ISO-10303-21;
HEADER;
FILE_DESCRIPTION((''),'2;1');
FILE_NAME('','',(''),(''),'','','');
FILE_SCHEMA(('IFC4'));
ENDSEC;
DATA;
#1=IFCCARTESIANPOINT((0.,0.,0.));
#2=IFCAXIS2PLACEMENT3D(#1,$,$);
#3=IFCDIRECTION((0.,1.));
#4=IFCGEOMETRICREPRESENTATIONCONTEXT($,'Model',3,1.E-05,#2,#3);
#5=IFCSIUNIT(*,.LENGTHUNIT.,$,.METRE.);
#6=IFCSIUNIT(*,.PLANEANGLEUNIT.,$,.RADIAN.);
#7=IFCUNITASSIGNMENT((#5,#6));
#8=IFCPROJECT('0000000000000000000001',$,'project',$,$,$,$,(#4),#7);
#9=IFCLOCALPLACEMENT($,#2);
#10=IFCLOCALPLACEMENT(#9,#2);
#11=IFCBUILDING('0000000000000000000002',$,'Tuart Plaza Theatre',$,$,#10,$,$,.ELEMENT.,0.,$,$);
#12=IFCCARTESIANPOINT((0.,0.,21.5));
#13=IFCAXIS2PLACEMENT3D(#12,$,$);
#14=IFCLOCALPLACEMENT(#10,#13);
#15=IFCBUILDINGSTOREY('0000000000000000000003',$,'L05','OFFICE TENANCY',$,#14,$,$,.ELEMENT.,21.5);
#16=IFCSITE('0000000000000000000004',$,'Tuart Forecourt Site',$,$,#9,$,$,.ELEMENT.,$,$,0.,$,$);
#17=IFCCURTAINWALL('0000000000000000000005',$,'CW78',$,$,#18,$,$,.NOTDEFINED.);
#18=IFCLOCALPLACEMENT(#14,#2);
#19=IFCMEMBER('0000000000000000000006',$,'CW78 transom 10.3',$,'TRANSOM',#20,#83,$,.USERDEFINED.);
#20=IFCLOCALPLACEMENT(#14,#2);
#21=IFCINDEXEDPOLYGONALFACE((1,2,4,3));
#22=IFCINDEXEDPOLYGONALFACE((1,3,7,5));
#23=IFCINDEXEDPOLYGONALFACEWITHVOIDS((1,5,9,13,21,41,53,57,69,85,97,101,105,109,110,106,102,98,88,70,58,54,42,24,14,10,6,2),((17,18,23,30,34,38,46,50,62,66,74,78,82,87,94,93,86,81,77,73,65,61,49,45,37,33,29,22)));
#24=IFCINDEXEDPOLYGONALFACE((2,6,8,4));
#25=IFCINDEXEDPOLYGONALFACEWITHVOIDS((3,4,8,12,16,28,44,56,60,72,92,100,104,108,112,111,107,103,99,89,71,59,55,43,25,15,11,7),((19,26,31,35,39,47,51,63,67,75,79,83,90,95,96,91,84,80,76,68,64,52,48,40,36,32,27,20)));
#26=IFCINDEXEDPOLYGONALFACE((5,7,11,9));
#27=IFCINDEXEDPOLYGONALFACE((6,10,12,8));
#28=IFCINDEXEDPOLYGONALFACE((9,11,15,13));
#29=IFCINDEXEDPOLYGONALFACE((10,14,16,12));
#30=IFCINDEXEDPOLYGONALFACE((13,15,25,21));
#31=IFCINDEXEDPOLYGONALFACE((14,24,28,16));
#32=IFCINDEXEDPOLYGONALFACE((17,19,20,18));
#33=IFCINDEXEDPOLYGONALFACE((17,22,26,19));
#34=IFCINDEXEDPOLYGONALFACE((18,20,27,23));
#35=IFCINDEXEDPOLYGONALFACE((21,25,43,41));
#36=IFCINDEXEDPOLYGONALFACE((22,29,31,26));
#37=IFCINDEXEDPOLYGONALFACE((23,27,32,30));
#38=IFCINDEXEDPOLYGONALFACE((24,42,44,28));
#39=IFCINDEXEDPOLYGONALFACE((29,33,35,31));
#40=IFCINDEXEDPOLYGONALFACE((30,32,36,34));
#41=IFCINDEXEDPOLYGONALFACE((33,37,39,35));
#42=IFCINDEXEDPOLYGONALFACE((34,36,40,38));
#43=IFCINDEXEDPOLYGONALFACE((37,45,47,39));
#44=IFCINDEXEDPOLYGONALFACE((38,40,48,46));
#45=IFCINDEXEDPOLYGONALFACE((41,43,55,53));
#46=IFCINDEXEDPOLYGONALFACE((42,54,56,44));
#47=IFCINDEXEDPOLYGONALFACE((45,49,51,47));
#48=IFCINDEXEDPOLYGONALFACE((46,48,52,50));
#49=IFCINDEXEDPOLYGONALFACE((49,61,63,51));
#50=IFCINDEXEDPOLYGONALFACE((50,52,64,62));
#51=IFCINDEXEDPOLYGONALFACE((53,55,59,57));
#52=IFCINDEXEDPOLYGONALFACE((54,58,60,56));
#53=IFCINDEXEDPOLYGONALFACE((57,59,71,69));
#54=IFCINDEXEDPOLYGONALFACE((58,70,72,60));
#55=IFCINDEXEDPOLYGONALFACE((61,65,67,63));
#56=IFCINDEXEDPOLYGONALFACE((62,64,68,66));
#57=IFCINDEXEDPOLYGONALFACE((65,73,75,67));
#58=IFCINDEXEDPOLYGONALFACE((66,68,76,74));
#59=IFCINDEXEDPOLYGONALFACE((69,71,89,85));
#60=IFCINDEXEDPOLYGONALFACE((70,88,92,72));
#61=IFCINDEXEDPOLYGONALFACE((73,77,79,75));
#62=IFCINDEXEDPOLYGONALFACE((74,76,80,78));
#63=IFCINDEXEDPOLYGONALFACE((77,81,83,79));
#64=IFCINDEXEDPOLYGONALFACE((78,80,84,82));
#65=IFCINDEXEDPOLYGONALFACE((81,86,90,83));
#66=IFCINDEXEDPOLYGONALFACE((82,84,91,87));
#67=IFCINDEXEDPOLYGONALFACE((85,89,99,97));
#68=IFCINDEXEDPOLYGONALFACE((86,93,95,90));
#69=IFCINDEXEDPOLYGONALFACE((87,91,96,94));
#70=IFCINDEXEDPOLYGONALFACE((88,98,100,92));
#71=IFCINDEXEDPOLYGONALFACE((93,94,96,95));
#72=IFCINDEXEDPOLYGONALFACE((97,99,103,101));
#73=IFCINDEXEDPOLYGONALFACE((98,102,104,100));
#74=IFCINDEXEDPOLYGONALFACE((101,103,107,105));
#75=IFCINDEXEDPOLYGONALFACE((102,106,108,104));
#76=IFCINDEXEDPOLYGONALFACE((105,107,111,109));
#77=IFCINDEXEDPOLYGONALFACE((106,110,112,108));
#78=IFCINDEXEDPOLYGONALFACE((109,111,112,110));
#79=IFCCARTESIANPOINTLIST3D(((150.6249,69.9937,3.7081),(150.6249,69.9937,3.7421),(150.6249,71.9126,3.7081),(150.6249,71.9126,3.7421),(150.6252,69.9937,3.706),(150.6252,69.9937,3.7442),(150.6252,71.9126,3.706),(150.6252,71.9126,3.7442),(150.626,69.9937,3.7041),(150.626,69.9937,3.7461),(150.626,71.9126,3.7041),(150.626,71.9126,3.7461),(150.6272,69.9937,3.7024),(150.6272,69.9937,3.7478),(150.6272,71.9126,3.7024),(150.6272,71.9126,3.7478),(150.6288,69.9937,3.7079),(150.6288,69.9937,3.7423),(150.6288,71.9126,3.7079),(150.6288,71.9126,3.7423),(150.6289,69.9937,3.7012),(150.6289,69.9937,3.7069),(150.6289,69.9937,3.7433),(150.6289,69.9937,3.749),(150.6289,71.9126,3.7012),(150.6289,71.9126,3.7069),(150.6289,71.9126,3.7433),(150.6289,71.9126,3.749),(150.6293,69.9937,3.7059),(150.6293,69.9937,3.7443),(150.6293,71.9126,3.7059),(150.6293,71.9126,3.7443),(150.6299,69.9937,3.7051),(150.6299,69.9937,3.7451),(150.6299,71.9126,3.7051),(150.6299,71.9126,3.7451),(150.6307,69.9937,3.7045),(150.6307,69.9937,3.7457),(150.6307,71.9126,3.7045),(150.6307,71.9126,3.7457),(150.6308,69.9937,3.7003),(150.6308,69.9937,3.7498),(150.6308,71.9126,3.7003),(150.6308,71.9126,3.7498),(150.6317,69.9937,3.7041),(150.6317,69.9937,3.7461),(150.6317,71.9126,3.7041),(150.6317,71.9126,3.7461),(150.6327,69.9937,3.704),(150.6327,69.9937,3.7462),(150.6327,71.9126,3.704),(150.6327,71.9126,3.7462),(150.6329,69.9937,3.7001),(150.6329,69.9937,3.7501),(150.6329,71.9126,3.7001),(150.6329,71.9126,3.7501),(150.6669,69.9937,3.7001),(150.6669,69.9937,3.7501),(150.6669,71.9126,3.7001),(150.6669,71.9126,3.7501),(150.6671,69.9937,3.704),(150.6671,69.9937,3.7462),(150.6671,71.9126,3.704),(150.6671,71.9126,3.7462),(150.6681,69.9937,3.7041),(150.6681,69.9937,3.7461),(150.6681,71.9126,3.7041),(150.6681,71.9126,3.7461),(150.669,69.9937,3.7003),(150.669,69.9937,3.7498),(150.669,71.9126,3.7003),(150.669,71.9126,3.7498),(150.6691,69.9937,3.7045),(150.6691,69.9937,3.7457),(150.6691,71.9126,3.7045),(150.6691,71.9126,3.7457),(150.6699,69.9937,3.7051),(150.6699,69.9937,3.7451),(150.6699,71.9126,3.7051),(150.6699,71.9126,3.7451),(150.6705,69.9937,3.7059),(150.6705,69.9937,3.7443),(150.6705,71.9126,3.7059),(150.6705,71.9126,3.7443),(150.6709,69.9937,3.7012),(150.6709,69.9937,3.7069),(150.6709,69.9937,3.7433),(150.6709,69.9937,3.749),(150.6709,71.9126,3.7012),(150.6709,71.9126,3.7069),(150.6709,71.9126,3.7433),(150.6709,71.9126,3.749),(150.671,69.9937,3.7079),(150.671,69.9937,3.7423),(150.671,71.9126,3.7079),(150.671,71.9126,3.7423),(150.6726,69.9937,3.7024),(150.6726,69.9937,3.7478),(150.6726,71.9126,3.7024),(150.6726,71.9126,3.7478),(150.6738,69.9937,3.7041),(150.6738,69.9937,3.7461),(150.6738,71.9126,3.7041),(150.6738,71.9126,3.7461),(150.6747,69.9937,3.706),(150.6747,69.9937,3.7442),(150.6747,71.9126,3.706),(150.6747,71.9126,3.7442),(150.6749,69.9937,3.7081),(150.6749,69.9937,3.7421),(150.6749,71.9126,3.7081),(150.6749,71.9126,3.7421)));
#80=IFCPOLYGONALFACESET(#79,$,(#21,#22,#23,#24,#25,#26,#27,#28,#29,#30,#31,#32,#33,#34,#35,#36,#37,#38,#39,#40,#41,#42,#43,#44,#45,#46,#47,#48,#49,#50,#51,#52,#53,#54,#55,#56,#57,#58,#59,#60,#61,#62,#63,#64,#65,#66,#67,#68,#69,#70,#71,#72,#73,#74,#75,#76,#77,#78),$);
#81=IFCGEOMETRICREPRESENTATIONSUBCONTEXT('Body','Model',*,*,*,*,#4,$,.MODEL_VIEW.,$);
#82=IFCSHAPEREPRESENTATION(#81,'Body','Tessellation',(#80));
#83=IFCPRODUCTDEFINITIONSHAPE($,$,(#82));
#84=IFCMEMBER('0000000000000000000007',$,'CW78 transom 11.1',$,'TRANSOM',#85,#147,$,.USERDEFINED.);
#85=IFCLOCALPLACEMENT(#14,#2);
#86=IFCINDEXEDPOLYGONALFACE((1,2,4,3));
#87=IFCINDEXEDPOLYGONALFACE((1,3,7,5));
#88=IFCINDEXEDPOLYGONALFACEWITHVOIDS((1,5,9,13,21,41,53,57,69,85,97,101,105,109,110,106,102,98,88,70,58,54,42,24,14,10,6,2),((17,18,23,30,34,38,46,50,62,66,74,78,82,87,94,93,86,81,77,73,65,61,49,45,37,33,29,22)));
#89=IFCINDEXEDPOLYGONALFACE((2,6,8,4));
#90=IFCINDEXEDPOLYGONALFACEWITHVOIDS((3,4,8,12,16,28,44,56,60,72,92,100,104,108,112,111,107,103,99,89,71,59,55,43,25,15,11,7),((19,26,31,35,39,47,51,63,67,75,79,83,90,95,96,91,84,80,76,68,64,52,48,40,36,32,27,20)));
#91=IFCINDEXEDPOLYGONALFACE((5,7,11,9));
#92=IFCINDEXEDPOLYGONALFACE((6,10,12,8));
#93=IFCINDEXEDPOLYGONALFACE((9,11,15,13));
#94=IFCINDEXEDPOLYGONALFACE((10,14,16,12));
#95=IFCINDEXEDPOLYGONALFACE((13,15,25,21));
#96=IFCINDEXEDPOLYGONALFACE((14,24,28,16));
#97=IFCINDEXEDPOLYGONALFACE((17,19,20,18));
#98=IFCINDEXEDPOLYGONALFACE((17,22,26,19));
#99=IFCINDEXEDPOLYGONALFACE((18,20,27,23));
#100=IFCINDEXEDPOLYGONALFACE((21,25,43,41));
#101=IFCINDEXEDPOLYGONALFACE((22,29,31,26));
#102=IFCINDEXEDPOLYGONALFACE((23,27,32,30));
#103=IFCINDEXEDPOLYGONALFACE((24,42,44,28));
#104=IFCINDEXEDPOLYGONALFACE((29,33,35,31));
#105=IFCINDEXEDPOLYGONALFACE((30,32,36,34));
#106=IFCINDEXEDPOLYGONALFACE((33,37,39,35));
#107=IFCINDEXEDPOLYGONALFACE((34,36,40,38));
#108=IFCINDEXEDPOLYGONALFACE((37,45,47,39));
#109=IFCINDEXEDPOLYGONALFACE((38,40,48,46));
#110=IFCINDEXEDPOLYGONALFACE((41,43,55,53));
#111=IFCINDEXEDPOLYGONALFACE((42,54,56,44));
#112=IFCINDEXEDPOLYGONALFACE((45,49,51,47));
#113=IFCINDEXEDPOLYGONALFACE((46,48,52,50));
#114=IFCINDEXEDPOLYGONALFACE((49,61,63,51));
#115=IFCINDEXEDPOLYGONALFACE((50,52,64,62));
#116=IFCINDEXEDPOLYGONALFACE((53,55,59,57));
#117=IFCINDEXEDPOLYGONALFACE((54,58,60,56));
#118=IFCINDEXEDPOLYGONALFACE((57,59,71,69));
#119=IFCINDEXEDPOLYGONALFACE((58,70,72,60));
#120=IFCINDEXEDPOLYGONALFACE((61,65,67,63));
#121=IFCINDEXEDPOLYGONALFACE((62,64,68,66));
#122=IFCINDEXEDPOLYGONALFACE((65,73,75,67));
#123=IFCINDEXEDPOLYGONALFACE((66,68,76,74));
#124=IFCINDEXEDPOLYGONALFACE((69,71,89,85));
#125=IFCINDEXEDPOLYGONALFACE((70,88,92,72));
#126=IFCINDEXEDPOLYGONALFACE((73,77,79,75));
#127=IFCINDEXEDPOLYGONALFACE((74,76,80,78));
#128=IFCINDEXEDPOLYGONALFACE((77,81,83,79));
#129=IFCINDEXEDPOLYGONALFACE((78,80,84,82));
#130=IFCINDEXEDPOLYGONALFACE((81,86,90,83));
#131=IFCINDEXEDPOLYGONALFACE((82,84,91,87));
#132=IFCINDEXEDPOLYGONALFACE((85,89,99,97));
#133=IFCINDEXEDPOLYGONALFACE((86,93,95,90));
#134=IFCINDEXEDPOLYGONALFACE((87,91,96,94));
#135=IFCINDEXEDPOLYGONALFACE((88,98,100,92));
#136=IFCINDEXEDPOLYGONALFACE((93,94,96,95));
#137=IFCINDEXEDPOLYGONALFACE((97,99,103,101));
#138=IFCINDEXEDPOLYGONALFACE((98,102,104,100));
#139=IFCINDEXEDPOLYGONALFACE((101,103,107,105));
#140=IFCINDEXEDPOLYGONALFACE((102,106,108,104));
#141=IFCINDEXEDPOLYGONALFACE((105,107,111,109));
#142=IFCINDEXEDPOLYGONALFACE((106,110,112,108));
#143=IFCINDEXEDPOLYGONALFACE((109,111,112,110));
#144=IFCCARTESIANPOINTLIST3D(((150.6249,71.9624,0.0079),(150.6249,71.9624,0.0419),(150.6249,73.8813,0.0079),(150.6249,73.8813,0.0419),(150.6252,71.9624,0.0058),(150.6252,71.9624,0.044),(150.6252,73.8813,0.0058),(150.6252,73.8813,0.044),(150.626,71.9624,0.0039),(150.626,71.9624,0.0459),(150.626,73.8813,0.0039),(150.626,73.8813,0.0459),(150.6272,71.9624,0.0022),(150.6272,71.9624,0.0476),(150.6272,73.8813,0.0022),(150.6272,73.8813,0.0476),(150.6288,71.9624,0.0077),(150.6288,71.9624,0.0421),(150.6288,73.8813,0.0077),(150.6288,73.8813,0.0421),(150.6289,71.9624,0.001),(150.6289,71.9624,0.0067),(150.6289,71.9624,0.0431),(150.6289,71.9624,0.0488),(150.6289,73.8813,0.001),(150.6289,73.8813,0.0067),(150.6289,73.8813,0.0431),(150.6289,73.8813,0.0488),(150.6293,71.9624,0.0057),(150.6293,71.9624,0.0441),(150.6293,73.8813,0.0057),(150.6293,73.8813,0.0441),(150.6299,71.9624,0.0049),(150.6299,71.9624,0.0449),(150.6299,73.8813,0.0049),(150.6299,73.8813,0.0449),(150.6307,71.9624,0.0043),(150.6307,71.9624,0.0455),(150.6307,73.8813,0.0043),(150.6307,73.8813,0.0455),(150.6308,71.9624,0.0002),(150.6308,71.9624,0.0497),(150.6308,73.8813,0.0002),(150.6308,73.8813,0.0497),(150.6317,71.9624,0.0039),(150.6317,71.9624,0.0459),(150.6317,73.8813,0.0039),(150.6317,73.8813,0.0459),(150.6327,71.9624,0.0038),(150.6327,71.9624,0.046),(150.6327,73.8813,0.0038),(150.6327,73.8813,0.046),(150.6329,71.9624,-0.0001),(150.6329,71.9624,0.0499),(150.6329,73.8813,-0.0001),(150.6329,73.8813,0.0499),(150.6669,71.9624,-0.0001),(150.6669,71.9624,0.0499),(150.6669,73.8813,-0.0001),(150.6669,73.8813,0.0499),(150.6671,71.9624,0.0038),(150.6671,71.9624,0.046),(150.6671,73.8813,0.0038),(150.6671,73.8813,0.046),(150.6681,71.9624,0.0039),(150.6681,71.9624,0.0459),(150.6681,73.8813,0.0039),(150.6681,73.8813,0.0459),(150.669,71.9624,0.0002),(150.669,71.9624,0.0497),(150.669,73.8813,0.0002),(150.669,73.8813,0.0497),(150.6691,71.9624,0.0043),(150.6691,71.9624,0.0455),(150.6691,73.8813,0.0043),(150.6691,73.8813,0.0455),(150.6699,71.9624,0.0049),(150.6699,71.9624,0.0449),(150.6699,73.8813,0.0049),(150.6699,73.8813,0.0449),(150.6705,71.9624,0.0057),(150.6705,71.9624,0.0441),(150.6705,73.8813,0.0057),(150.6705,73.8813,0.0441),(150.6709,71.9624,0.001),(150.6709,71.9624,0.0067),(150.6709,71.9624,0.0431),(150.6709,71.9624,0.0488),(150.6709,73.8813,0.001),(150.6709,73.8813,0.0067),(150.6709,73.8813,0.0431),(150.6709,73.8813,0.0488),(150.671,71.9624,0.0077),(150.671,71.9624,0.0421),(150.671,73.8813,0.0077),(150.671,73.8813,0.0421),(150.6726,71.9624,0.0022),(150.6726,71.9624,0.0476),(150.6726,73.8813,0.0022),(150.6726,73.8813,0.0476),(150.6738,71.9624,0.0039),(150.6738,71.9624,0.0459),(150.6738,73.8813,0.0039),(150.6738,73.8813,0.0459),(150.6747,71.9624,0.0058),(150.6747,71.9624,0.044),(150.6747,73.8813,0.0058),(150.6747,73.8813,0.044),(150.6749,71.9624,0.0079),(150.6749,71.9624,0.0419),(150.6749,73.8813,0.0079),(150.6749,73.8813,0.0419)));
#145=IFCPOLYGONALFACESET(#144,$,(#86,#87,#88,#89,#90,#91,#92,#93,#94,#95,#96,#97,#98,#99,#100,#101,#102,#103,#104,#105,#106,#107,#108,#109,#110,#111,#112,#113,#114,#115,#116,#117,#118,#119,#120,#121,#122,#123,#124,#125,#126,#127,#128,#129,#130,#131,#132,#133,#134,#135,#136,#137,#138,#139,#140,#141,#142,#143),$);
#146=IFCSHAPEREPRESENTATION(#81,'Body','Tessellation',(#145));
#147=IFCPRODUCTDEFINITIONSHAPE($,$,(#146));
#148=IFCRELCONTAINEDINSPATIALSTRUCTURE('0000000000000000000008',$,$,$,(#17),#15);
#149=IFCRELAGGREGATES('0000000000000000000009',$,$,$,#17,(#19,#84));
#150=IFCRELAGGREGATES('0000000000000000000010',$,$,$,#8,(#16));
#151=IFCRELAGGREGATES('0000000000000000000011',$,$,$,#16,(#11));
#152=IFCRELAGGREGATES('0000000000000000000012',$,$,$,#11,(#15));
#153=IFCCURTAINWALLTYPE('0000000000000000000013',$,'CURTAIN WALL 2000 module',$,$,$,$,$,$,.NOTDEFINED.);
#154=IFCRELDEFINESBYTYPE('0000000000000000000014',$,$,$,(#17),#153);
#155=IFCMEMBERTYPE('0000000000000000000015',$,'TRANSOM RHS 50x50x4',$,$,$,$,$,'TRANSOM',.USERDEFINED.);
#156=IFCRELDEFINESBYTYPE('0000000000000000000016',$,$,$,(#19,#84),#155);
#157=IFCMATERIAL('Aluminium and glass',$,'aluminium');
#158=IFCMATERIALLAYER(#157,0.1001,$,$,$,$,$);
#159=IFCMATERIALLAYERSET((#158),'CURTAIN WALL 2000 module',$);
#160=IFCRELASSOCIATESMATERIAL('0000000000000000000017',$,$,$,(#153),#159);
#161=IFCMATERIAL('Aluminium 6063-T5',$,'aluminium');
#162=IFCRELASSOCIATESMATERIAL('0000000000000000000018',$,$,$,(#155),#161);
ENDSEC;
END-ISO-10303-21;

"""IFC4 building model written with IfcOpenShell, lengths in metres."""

from ifc_helpers import new_model, si_unit, direction, frame, origin, origin_2d, place, context, subcontext, project, spatial, hollow_rectangle, extrude, material, layer, layer_set, material_profile, profile_set, type_object, element, aggregate, save


model = new_model("IFC4")

# Units and contexts
model_context = context("Model", 3, precision=1e-05, world=origin(), true_north=direction((0.0, 1.0)))
body_context = subcontext(model_context, "Body", "Model", "MODEL_VIEW")
ifc_project = project(units=[si_unit("LENGTHUNIT", "METRE"), si_unit("PLANEANGLEUNIT", "RADIAN")], contexts=[model_context])

# Site, building, storey
site_placement = place(None, origin())
site = spatial("IfcSite", under=ifc_project, at=site_placement, Name="Tuart Forecourt Site", CompositionType="ELEMENT", RefElevation=0.0)
building_placement = place(site_placement, origin())
building = spatial("IfcBuilding", under=site, at=building_placement, Name="Tuart Plaza Theatre", CompositionType="ELEMENT", ElevationOfRefHeight=0.0)
storey_placement = place(building_placement, frame((0.0, 0.0, 21.5)))
storey = spatial("IfcBuildingStorey", under=building, at=storey_placement, Name="L05", Description="OFFICE TENANCY", CompositionType="ELEMENT", Elevation=21.5)

# Curtain wall, members
ifc_material_1 = material(Name="Aluminium and glass", Category="aluminium")
ifc_layer_1 = layer(ifc_material_1, 0.1001)
ifc_layer_set_1 = layer_set([ifc_layer_1], Name="CURTAIN WALL 2000 module")
curtain_wall_type = type_object("IfcCurtainWallType", Name="CURTAIN WALL 2000 module", PredefinedType="NOTDEFINED", material=ifc_layer_set_1)
curtain_wall_placement = place(storey_placement, origin())
curtain_wall = element("IfcCurtainWall", 1, at=curtain_wall_placement, inside=storey, type_object=curtain_wall_type, Name="CW78", PredefinedType="NOTDEFINED")
ifc_material_2 = material(Name="Aluminium 6063-T5", Category="aluminium")
ifc_material_profile_1 = material_profile(ifc_material_2, hollow_rectangle(XDim=0.05, YDim=0.05, WallThickness=0.0039, InnerFilletRadius=0.0039, OuterFilletRadius=0.0081, at=origin_2d()), Name="RHS 50x50x4")
ifc_profile_set_1 = profile_set([ifc_material_profile_1], Name="Aluminium 6063-T5")
member_type_1 = type_object("IfcMemberType", Name="TRANSOM RHS 50x50x4", ElementType="TRANSOM", PredefinedType="USERDEFINED", material=ifc_profile_set_1)
member_1_placement = place(storey_placement, frame((150.6499, 69.9937, 3.7251), z_axis=(0.0, 1.0, 0.0), x_axis=(-1.0, 0.0, 0.0)))
member_1 = element("IfcMember", 2, at=member_1_placement, type_object=member_type_1, Name="CW78 transom 10.3", ObjectType="TRANSOM", PredefinedType="USERDEFINED", context=body_context, shape_type="SweptSolid", body=[
    extrude(hollow_rectangle(XDim=0.05, YDim=0.05, WallThickness=0.0039, InnerFilletRadius=0.0039, OuterFilletRadius=0.0081, at=origin_2d()), origin(), (0.0, 0.0, 1.0), 1.9189),
])
member_2_placement = place(storey_placement, frame((150.6499, 71.9624, 0.0249), z_axis=(0.0, 1.0, 0.0), x_axis=(-1.0, 0.0, 0.0)))
member_2 = element("IfcMember", 3, at=member_2_placement, type_object=member_type_1, Name="CW78 transom 11.1", ObjectType="TRANSOM", PredefinedType="USERDEFINED", context=body_context, shape_type="SweptSolid", body=[
    extrude(hollow_rectangle(XDim=0.05, YDim=0.05, WallThickness=0.0039, InnerFilletRadius=0.0039, OuterFilletRadius=0.0081, at=origin_2d()), origin(), (0.0, 0.0, 1.0), 1.9189),
])
aggregate(curtain_wall, [member_1, member_2])

save(model, "model.ifc")
